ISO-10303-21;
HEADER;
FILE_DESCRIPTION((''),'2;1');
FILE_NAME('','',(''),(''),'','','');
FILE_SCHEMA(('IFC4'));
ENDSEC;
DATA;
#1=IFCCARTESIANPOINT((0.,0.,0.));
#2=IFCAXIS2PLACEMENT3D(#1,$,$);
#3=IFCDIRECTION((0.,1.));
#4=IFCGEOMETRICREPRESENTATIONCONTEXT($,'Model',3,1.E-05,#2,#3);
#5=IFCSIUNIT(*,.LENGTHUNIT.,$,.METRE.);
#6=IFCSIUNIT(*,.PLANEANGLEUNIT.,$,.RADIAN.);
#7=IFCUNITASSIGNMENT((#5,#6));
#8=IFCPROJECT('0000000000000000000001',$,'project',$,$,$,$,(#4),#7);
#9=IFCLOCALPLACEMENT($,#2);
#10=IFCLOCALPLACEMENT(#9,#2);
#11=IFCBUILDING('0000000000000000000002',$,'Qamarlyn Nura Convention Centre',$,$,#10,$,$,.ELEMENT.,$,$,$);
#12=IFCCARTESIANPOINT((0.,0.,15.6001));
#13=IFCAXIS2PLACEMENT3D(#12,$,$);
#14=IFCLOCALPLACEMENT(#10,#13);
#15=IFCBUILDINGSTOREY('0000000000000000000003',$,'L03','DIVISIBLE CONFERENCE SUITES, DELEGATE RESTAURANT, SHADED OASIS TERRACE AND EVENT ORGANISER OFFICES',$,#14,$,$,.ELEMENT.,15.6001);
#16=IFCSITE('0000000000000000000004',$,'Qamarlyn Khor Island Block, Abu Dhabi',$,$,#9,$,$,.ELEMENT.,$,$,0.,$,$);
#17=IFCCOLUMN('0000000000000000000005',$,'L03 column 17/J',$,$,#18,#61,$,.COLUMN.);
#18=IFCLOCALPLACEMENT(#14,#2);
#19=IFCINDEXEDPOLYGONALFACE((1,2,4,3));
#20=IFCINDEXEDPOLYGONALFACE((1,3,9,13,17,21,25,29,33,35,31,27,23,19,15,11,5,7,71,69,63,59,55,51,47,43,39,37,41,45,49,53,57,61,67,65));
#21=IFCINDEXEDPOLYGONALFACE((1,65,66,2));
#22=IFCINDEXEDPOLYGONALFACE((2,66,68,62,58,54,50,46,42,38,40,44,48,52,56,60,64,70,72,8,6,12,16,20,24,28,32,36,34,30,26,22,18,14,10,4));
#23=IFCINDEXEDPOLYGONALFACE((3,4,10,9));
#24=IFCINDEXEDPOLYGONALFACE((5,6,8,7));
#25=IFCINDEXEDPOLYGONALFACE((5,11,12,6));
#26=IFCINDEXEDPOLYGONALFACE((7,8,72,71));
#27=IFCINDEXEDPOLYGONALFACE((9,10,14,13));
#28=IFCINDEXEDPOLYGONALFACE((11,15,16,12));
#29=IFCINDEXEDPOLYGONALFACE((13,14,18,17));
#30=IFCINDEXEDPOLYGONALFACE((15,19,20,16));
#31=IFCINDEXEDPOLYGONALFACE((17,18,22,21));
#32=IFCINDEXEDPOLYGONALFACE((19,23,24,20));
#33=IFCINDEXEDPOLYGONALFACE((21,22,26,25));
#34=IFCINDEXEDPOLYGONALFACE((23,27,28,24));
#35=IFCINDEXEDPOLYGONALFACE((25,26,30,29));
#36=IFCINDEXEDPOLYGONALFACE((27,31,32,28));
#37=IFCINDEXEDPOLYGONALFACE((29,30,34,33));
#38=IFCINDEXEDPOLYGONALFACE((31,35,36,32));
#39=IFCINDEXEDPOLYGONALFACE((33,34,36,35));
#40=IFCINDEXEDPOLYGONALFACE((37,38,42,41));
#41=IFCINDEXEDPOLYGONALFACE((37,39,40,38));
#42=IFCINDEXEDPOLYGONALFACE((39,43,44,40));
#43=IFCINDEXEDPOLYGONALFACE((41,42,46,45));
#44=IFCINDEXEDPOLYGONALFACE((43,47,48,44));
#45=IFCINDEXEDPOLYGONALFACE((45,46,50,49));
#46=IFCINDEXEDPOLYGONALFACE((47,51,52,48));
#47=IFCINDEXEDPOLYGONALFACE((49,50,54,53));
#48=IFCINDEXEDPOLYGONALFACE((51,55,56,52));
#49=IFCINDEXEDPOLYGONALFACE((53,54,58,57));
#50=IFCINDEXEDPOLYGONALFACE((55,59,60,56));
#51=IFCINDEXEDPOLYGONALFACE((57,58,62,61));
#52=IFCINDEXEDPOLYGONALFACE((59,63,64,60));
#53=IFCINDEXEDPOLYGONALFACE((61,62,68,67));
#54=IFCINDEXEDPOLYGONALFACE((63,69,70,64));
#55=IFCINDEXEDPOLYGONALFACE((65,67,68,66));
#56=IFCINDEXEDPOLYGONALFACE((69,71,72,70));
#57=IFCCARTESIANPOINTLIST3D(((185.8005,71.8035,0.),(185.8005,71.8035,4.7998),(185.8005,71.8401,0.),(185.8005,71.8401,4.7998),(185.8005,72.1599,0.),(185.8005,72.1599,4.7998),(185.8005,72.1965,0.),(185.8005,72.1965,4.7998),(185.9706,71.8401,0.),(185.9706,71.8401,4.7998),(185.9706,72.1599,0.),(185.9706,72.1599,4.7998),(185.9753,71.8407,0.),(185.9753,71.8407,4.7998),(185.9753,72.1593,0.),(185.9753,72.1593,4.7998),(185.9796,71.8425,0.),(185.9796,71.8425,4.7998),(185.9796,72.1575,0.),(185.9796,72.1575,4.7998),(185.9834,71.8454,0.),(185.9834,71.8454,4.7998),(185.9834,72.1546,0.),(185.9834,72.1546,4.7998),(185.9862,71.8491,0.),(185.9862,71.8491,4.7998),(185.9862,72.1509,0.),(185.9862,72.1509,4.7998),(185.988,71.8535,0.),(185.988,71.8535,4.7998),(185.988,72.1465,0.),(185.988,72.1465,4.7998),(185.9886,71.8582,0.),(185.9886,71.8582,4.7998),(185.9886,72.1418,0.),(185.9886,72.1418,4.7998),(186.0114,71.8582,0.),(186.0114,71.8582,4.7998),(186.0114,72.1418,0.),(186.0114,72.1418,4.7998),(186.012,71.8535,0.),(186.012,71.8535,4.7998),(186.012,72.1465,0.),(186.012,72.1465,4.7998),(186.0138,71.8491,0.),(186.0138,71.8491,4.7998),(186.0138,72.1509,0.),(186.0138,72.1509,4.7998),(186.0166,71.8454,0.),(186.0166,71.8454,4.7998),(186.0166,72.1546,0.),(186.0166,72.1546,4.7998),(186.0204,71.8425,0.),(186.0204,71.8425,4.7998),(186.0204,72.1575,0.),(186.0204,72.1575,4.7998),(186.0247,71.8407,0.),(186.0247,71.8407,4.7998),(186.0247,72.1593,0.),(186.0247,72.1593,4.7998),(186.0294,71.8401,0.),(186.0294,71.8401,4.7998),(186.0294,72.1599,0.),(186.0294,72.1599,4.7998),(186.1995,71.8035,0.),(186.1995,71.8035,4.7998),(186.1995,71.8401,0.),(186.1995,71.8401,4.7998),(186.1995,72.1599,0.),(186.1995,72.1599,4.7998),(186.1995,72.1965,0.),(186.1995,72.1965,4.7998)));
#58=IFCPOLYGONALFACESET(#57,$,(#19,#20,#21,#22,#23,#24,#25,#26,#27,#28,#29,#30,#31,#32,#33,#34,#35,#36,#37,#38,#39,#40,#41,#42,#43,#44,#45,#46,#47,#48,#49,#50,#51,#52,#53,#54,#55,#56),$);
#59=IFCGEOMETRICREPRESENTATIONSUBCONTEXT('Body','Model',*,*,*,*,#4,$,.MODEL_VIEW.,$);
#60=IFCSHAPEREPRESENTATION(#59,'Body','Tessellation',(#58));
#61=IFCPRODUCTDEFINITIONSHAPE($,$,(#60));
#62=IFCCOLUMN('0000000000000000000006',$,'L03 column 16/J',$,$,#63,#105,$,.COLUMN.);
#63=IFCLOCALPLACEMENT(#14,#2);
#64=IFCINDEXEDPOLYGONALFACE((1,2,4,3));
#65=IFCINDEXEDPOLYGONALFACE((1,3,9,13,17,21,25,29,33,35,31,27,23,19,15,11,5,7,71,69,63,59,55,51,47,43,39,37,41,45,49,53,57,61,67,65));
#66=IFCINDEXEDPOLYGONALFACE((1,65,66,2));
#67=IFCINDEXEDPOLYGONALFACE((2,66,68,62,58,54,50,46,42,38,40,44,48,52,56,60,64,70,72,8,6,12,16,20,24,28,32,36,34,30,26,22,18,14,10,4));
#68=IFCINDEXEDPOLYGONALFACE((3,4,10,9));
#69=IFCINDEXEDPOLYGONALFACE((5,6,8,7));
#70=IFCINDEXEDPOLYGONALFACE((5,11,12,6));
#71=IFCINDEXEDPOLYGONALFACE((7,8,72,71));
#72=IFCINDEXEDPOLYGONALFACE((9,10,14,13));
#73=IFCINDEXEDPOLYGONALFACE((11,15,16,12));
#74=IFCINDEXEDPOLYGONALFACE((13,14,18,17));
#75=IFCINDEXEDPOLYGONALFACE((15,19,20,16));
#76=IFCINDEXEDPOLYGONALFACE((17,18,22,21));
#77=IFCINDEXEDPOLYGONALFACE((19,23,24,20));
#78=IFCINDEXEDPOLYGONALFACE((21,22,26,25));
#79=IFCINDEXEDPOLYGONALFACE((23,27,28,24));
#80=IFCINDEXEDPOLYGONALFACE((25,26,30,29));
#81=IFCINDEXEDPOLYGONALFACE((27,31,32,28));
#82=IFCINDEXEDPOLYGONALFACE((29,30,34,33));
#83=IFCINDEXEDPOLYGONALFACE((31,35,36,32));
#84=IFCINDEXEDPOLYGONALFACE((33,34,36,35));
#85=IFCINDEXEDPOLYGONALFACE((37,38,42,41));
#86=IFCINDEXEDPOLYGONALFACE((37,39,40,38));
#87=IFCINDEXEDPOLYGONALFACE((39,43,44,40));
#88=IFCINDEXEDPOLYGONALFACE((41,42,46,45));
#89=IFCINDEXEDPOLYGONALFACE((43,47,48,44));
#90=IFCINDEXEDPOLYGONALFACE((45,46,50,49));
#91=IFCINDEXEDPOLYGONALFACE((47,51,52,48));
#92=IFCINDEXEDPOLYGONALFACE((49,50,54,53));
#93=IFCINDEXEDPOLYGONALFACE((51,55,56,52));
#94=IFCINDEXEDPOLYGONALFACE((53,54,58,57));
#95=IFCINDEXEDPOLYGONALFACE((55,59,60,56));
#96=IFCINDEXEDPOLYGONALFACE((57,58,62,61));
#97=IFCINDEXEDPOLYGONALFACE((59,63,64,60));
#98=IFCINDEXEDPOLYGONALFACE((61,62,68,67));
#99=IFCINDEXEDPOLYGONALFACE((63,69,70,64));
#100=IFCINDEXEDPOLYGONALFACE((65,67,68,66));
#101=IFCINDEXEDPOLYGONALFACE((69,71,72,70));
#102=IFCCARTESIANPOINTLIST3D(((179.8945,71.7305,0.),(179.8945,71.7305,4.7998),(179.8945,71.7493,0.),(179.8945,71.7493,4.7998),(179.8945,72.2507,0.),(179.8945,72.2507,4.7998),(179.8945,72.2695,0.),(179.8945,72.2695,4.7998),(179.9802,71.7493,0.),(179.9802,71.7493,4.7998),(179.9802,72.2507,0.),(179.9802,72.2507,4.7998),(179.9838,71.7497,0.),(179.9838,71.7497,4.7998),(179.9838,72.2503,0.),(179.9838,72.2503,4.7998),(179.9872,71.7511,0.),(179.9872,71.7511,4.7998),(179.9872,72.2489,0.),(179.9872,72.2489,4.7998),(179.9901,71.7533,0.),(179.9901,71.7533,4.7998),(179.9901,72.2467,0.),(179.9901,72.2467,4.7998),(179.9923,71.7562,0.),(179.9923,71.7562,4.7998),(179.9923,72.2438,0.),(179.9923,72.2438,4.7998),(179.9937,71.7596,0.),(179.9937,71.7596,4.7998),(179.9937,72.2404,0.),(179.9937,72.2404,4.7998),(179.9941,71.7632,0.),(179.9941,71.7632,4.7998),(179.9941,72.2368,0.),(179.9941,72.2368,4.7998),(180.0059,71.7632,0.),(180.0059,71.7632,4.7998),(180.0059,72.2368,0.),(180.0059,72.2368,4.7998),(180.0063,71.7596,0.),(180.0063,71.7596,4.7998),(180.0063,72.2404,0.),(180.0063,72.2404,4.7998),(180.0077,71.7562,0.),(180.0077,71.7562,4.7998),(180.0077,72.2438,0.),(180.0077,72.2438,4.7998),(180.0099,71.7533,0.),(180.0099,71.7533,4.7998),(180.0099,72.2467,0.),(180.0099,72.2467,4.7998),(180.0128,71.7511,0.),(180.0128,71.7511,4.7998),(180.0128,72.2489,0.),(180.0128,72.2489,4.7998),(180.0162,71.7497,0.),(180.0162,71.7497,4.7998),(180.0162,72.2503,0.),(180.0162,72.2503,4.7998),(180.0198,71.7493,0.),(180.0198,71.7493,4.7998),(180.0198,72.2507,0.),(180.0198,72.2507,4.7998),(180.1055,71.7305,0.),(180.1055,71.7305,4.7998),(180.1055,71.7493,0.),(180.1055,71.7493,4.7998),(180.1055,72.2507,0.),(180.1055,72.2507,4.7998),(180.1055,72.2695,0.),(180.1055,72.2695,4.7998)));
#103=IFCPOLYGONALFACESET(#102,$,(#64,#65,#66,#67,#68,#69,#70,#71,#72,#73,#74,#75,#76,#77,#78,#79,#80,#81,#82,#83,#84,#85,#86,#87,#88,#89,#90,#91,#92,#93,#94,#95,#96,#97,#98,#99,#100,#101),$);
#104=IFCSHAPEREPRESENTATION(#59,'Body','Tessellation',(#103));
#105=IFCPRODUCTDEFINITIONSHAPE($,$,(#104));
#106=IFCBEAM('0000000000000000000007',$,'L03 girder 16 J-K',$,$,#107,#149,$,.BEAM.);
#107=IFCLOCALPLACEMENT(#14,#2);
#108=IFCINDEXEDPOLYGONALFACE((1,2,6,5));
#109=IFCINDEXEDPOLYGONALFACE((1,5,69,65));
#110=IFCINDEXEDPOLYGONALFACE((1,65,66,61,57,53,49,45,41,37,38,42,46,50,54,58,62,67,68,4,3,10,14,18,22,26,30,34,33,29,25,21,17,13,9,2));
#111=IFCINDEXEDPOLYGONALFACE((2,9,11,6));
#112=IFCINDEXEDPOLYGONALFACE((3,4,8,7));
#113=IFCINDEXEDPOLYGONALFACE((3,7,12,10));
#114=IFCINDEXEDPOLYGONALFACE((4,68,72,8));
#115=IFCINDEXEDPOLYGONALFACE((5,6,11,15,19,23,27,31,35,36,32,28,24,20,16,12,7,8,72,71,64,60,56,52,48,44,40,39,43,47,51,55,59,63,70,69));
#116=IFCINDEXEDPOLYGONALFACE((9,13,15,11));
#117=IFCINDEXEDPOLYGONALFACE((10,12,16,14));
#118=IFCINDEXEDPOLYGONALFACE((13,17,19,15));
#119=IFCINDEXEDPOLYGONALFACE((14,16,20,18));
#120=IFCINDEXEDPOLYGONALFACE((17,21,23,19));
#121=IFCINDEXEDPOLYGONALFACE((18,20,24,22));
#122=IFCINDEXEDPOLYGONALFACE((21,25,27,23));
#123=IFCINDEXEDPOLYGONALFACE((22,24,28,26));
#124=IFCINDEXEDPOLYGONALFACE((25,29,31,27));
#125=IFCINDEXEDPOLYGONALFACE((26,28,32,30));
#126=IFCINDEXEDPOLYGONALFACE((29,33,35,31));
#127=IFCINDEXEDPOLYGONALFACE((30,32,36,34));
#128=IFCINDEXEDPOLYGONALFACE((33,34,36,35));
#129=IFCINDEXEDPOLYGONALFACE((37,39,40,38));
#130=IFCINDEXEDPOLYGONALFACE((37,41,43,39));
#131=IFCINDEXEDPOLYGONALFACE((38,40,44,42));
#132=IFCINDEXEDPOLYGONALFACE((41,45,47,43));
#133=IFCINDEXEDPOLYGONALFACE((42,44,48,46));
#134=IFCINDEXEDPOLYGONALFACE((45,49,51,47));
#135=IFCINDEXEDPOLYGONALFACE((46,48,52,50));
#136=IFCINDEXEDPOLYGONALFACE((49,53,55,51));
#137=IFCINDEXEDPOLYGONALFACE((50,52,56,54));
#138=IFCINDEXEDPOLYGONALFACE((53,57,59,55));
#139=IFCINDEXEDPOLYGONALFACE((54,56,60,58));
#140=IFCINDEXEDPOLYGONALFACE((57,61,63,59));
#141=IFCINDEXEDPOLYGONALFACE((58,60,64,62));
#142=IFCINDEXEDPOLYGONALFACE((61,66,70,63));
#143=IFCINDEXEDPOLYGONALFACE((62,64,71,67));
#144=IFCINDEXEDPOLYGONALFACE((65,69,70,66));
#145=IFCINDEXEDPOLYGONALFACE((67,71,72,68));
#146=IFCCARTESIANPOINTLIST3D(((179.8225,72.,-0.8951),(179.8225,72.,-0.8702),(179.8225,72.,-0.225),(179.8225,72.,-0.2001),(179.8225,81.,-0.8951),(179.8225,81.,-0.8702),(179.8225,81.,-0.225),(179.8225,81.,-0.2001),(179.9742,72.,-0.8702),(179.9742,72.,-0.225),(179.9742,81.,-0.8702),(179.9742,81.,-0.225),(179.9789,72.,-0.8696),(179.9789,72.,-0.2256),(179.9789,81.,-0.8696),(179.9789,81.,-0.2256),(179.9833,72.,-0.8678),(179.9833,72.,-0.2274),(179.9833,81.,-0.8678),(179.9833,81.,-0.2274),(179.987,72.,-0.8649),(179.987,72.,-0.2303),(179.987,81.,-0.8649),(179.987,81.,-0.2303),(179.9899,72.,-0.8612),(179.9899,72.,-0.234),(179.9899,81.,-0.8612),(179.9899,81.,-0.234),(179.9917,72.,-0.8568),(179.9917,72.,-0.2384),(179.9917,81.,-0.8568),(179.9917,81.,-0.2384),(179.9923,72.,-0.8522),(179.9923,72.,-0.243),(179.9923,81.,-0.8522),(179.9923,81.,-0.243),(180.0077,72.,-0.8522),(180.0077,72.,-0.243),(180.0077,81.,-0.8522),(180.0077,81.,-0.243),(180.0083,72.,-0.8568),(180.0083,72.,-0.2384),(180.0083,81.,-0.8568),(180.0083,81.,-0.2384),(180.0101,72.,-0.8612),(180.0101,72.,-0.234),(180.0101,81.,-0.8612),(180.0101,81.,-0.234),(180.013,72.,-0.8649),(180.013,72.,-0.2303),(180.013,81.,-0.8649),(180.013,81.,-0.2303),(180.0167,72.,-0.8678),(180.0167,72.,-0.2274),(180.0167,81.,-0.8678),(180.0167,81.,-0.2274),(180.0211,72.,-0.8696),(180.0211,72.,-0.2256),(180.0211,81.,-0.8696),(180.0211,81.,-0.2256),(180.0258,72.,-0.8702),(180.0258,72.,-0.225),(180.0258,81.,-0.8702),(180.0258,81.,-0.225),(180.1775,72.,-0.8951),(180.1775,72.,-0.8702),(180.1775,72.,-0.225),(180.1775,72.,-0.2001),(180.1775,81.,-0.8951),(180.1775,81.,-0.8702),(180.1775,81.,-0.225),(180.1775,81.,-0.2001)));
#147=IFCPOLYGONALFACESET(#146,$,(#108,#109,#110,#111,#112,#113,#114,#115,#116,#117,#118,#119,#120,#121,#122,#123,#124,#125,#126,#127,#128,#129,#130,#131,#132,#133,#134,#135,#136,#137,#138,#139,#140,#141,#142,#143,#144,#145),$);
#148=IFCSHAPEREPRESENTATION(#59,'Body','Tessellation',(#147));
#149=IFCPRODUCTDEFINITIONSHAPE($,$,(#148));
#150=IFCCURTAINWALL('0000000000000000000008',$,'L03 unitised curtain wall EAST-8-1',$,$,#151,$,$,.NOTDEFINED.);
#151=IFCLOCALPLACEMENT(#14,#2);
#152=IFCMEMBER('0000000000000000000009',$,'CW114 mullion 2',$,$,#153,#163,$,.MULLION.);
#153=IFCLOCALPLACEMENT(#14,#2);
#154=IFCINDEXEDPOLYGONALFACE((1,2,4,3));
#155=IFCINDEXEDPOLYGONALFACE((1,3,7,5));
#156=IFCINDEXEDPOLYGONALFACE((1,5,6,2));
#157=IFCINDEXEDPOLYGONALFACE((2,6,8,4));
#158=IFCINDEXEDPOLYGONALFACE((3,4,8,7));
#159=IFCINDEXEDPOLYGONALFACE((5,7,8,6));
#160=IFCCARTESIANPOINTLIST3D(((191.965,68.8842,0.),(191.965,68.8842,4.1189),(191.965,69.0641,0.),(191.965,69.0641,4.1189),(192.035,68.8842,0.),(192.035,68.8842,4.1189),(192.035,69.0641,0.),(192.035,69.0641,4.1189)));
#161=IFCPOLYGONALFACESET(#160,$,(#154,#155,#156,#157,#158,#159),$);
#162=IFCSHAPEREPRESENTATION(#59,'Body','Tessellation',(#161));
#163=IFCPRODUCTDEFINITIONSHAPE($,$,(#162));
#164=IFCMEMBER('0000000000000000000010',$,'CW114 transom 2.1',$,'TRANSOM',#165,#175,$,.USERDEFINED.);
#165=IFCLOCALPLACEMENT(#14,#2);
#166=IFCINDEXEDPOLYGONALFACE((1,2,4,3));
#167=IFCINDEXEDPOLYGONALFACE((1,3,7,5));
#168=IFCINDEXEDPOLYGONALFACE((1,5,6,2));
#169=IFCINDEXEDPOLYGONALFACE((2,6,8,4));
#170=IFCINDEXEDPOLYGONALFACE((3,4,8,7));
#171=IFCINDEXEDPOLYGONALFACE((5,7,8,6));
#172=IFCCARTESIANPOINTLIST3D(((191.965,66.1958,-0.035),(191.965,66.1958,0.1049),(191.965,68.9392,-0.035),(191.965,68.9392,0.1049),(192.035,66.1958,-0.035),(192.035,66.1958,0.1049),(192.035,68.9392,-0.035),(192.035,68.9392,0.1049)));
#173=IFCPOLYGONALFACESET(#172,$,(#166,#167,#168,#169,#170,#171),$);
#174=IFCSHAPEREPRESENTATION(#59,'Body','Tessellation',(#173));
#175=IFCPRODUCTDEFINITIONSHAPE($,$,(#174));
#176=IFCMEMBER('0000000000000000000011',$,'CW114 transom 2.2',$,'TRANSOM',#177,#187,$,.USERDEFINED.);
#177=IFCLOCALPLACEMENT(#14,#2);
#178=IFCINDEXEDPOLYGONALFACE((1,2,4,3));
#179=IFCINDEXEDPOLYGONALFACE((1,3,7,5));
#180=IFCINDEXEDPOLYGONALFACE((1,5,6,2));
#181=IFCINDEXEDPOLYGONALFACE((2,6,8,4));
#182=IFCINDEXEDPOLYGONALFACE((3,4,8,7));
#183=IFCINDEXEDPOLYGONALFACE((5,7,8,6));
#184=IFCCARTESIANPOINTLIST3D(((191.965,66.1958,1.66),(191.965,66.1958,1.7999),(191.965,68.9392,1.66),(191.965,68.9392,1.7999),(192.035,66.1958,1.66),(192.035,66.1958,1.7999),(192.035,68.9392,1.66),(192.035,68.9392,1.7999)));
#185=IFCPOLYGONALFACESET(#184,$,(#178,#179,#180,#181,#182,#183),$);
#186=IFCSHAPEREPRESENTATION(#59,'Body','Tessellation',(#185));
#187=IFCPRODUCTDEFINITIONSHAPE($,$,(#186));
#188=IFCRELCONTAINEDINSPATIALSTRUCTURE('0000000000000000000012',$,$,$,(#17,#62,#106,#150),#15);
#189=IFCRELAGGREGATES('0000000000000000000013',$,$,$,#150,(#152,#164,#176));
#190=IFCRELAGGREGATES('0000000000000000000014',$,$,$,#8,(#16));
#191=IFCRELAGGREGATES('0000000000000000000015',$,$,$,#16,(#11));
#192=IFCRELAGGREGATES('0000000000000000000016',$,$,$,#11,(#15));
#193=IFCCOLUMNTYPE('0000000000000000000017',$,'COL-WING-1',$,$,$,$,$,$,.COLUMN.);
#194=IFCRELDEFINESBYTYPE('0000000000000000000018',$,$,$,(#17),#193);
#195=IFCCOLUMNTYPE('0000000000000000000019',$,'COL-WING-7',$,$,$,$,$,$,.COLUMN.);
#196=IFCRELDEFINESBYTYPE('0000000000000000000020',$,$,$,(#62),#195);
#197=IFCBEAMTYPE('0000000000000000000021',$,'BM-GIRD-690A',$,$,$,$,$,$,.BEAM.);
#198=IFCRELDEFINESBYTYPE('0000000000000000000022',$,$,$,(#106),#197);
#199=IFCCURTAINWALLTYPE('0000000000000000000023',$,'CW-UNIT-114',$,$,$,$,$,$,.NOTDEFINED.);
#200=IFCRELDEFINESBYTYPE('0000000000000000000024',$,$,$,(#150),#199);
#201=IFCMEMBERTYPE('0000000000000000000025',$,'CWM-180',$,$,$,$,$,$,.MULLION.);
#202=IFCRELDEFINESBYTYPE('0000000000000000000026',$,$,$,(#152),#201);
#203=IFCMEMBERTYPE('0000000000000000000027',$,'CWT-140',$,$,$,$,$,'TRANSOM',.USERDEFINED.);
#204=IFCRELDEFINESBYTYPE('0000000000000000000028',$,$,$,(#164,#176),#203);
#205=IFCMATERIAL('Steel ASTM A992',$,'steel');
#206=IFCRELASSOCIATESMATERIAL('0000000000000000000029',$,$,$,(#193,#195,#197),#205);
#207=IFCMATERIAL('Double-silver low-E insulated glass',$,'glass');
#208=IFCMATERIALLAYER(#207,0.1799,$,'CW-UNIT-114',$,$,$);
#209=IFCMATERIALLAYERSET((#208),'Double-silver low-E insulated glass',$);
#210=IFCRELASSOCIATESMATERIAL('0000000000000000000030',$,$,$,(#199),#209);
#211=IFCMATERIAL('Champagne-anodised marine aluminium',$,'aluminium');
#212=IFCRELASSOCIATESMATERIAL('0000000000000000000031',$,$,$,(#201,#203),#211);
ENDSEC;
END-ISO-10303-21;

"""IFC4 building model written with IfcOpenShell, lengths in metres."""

from ifc_helpers import new_model, si_unit, direction, frame, origin, origin_2d, place, context, subcontext, project, spatial, rectangle, i_section, extrude, material, layer, layer_set, material_profile, profile_set, type_object, element, aggregate, save


model = new_model("IFC4")

# Units and contexts
model_context = context("Model", 3, precision=1e-05, world=origin(), true_north=direction((0.0, 1.0)))
body_context = subcontext(model_context, "Body", "Model", "MODEL_VIEW")
ifc_project = project(units=[si_unit("LENGTHUNIT", "METRE"), si_unit("PLANEANGLEUNIT", "RADIAN")], contexts=[model_context])

# Site, building, storey
site_placement = place(None, origin())
site = spatial("IfcSite", under=ifc_project, at=site_placement, Name="Qamarlyn Khor Island Block, Abu Dhabi", CompositionType="ELEMENT", RefElevation=0.0)
building_placement = place(site_placement, origin())
building = spatial("IfcBuilding", under=site, at=building_placement, Name="Qamarlyn Nura Convention Centre", CompositionType="ELEMENT")
storey_placement = place(building_placement, frame((0.0, 0.0, 15.6001)))
storey = spatial("IfcBuildingStorey", under=building, at=storey_placement, Name="L03", Description="DIVISIBLE CONFERENCE SUITES, DELEGATE RESTAURANT, SHADED OASIS TERRACE AND EVENT ORGANISER OFFICES", CompositionType="ELEMENT", Elevation=15.6001)

# Columns
ifc_material_1 = material(Name="Steel ASTM A992", Category="steel")
ifc_material_profile_1 = material_profile(ifc_material_1, i_section(OverallWidth=0.3989, OverallDepth=0.3931, WebThickness=0.0227, FlangeThickness=0.0366, FilletRadius=0.0181, at=origin_2d()), Name="W360X287")
ifc_profile_set_1 = profile_set([ifc_material_profile_1], Name="Steel ASTM A992")
column_type_1 = type_object("IfcColumnType", Name="COL-WING-1", PredefinedType="COLUMN", material=ifc_profile_set_1)
column_1_placement = place(storey_placement, frame((186.0, 72.0, 0.0), z_axis=(0.0, 0.0, 1.0), x_axis=(1.0, 0.0, 0.0)))
element("IfcColumn", 1, at=column_1_placement, inside=storey, type_object=column_type_1, Name="L03 column 17/J", PredefinedType="COLUMN", context=body_context, shape_type="SweptSolid", body=[
    extrude(i_section(OverallWidth=0.3989, OverallDepth=0.3931, WebThickness=0.0227, FlangeThickness=0.0366, FilletRadius=0.0181, at=origin_2d()), origin(), (0.0, 0.0, 1.0), 4.7998),
])
ifc_material_profile_2 = material_profile(ifc_material_1, i_section(OverallWidth=0.2109, OverallDepth=0.5391, WebThickness=0.0117, FlangeThickness=0.0188, FilletRadius=0.0139, at=origin_2d()), Name="W530X109")
ifc_profile_set_2 = profile_set([ifc_material_profile_2], Name="Steel ASTM A992")
column_type_2 = type_object("IfcColumnType", Name="COL-WING-7", PredefinedType="COLUMN", material=ifc_profile_set_2)
column_2_placement = place(storey_placement, frame((180.0, 72.0, 0.0), z_axis=(0.0, 0.0, 1.0), x_axis=(1.0, 0.0, 0.0)))
element("IfcColumn", 2, at=column_2_placement, inside=storey, type_object=column_type_2, Name="L03 column 16/J", PredefinedType="COLUMN", context=body_context, shape_type="SweptSolid", body=[
    extrude(i_section(OverallWidth=0.2109, OverallDepth=0.5391, WebThickness=0.0117, FlangeThickness=0.0188, FilletRadius=0.0139, at=origin_2d()), origin(), (0.0, 0.0, 1.0), 4.7998),
])

# Beam
ifc_material_profile_3 = material_profile(ifc_material_1, i_section(OverallWidth=0.355, OverallDepth=0.6951, WebThickness=0.0154, FlangeThickness=0.0249, FilletRadius=0.0181, at=origin_2d()), Name="W690X217")
ifc_profile_set_3 = profile_set([ifc_material_profile_3], Name="Steel ASTM A992")
beam_type = type_object("IfcBeamType", Name="BM-GIRD-690A", PredefinedType="BEAM", material=ifc_profile_set_3)
beam_placement = place(storey_placement, frame((180.0, 72.0, -0.5476), z_axis=(0.0, 1.0, 0.0), x_axis=(-1.0, 0.0, 0.0)))
element("IfcBeam", 3, at=beam_placement, inside=storey, type_object=beam_type, Name="L03 girder 16 J-K", PredefinedType="BEAM", context=body_context, shape_type="SweptSolid", body=[
    extrude(i_section(OverallWidth=0.355, OverallDepth=0.6951, WebThickness=0.0154, FlangeThickness=0.0249, FilletRadius=0.0181, at=origin_2d()), origin(), (0.0, 0.0, 1.0), 9.0),
])

# Curtain wall, members
ifc_material_2 = material(Name="Double-silver low-E insulated glass", Category="glass")
ifc_layer_1 = layer(ifc_material_2, 0.1799, Name="CW-UNIT-114")
ifc_layer_set_1 = layer_set([ifc_layer_1], Name="Double-silver low-E insulated glass")
curtain_wall_type = type_object("IfcCurtainWallType", Name="CW-UNIT-114", PredefinedType="NOTDEFINED", material=ifc_layer_set_1)
curtain_wall_placement = place(storey_placement, origin())
curtain_wall = element("IfcCurtainWall", 4, at=curtain_wall_placement, inside=storey, type_object=curtain_wall_type, Name="L03 unitised curtain wall EAST-8-1", PredefinedType="NOTDEFINED")
ifc_material_3 = material(Name="Champagne-anodised marine aluminium", Category="aluminium")
ifc_material_profile_4 = material_profile(ifc_material_3, rectangle(XDim=0.0701, YDim=0.1799, at=origin_2d()), Name="ALU MULLION 70x180")
ifc_profile_set_4 = profile_set([ifc_material_profile_4], Name="Champagne-anodised marine aluminium")
member_type_1 = type_object("IfcMemberType", Name="CWM-180", PredefinedType="MULLION", material=ifc_profile_set_4)
member_1_placement = place(storey_placement, frame((192.0, 68.9741, 0.0), z_axis=(0.0, 0.0, 1.0), x_axis=(1.0, 0.0, 0.0)))
member_1 = element("IfcMember", 5, at=member_1_placement, type_object=member_type_1, Name="CW114 mullion 2", PredefinedType="MULLION", context=body_context, shape_type="SweptSolid", body=[
    extrude(rectangle(XDim=0.0701, YDim=0.1799, at=origin_2d()), origin(), (0.0, 0.0, 1.0), 4.1189),
])
ifc_material_profile_5 = material_profile(ifc_material_3, rectangle(XDim=0.0701, YDim=0.1399, at=origin_2d()), Name="ALU TRANSOM 70x140")
ifc_profile_set_5 = profile_set([ifc_material_profile_5], Name="Champagne-anodised marine aluminium")
member_type_2 = type_object("IfcMemberType", Name="CWT-140", ElementType="TRANSOM", PredefinedType="USERDEFINED", material=ifc_profile_set_5)
member_2_placement = place(storey_placement, frame((192.0, 68.9392, 0.0349), z_axis=(0.0, -1.0, 0.0), x_axis=(1.0, 0.0, 0.0)))
member_2 = element("IfcMember", 6, at=member_2_placement, type_object=member_type_2, Name="CW114 transom 2.1", ObjectType="TRANSOM", PredefinedType="USERDEFINED", context=body_context, shape_type="SweptSolid", body=[
    extrude(rectangle(XDim=0.0701, YDim=0.1399, at=origin_2d()), origin(), (0.0, 0.0, 1.0), 2.7434),
])
member_3_placement = place(storey_placement, frame((192.0, 68.9392, 1.73), z_axis=(0.0, -1.0, 0.0), x_axis=(1.0, 0.0, 0.0)))
member_3 = element("IfcMember", 7, at=member_3_placement, type_object=member_type_2, Name="CW114 transom 2.2", ObjectType="TRANSOM", PredefinedType="USERDEFINED", context=body_context, shape_type="SweptSolid", body=[
    extrude(rectangle(XDim=0.0701, YDim=0.1399, at=origin_2d()), origin(), (0.0, 0.0, 1.0), 2.7434),
])
aggregate(curtain_wall, [member_1, member_2, member_3])

save(model, "model.ifc")
